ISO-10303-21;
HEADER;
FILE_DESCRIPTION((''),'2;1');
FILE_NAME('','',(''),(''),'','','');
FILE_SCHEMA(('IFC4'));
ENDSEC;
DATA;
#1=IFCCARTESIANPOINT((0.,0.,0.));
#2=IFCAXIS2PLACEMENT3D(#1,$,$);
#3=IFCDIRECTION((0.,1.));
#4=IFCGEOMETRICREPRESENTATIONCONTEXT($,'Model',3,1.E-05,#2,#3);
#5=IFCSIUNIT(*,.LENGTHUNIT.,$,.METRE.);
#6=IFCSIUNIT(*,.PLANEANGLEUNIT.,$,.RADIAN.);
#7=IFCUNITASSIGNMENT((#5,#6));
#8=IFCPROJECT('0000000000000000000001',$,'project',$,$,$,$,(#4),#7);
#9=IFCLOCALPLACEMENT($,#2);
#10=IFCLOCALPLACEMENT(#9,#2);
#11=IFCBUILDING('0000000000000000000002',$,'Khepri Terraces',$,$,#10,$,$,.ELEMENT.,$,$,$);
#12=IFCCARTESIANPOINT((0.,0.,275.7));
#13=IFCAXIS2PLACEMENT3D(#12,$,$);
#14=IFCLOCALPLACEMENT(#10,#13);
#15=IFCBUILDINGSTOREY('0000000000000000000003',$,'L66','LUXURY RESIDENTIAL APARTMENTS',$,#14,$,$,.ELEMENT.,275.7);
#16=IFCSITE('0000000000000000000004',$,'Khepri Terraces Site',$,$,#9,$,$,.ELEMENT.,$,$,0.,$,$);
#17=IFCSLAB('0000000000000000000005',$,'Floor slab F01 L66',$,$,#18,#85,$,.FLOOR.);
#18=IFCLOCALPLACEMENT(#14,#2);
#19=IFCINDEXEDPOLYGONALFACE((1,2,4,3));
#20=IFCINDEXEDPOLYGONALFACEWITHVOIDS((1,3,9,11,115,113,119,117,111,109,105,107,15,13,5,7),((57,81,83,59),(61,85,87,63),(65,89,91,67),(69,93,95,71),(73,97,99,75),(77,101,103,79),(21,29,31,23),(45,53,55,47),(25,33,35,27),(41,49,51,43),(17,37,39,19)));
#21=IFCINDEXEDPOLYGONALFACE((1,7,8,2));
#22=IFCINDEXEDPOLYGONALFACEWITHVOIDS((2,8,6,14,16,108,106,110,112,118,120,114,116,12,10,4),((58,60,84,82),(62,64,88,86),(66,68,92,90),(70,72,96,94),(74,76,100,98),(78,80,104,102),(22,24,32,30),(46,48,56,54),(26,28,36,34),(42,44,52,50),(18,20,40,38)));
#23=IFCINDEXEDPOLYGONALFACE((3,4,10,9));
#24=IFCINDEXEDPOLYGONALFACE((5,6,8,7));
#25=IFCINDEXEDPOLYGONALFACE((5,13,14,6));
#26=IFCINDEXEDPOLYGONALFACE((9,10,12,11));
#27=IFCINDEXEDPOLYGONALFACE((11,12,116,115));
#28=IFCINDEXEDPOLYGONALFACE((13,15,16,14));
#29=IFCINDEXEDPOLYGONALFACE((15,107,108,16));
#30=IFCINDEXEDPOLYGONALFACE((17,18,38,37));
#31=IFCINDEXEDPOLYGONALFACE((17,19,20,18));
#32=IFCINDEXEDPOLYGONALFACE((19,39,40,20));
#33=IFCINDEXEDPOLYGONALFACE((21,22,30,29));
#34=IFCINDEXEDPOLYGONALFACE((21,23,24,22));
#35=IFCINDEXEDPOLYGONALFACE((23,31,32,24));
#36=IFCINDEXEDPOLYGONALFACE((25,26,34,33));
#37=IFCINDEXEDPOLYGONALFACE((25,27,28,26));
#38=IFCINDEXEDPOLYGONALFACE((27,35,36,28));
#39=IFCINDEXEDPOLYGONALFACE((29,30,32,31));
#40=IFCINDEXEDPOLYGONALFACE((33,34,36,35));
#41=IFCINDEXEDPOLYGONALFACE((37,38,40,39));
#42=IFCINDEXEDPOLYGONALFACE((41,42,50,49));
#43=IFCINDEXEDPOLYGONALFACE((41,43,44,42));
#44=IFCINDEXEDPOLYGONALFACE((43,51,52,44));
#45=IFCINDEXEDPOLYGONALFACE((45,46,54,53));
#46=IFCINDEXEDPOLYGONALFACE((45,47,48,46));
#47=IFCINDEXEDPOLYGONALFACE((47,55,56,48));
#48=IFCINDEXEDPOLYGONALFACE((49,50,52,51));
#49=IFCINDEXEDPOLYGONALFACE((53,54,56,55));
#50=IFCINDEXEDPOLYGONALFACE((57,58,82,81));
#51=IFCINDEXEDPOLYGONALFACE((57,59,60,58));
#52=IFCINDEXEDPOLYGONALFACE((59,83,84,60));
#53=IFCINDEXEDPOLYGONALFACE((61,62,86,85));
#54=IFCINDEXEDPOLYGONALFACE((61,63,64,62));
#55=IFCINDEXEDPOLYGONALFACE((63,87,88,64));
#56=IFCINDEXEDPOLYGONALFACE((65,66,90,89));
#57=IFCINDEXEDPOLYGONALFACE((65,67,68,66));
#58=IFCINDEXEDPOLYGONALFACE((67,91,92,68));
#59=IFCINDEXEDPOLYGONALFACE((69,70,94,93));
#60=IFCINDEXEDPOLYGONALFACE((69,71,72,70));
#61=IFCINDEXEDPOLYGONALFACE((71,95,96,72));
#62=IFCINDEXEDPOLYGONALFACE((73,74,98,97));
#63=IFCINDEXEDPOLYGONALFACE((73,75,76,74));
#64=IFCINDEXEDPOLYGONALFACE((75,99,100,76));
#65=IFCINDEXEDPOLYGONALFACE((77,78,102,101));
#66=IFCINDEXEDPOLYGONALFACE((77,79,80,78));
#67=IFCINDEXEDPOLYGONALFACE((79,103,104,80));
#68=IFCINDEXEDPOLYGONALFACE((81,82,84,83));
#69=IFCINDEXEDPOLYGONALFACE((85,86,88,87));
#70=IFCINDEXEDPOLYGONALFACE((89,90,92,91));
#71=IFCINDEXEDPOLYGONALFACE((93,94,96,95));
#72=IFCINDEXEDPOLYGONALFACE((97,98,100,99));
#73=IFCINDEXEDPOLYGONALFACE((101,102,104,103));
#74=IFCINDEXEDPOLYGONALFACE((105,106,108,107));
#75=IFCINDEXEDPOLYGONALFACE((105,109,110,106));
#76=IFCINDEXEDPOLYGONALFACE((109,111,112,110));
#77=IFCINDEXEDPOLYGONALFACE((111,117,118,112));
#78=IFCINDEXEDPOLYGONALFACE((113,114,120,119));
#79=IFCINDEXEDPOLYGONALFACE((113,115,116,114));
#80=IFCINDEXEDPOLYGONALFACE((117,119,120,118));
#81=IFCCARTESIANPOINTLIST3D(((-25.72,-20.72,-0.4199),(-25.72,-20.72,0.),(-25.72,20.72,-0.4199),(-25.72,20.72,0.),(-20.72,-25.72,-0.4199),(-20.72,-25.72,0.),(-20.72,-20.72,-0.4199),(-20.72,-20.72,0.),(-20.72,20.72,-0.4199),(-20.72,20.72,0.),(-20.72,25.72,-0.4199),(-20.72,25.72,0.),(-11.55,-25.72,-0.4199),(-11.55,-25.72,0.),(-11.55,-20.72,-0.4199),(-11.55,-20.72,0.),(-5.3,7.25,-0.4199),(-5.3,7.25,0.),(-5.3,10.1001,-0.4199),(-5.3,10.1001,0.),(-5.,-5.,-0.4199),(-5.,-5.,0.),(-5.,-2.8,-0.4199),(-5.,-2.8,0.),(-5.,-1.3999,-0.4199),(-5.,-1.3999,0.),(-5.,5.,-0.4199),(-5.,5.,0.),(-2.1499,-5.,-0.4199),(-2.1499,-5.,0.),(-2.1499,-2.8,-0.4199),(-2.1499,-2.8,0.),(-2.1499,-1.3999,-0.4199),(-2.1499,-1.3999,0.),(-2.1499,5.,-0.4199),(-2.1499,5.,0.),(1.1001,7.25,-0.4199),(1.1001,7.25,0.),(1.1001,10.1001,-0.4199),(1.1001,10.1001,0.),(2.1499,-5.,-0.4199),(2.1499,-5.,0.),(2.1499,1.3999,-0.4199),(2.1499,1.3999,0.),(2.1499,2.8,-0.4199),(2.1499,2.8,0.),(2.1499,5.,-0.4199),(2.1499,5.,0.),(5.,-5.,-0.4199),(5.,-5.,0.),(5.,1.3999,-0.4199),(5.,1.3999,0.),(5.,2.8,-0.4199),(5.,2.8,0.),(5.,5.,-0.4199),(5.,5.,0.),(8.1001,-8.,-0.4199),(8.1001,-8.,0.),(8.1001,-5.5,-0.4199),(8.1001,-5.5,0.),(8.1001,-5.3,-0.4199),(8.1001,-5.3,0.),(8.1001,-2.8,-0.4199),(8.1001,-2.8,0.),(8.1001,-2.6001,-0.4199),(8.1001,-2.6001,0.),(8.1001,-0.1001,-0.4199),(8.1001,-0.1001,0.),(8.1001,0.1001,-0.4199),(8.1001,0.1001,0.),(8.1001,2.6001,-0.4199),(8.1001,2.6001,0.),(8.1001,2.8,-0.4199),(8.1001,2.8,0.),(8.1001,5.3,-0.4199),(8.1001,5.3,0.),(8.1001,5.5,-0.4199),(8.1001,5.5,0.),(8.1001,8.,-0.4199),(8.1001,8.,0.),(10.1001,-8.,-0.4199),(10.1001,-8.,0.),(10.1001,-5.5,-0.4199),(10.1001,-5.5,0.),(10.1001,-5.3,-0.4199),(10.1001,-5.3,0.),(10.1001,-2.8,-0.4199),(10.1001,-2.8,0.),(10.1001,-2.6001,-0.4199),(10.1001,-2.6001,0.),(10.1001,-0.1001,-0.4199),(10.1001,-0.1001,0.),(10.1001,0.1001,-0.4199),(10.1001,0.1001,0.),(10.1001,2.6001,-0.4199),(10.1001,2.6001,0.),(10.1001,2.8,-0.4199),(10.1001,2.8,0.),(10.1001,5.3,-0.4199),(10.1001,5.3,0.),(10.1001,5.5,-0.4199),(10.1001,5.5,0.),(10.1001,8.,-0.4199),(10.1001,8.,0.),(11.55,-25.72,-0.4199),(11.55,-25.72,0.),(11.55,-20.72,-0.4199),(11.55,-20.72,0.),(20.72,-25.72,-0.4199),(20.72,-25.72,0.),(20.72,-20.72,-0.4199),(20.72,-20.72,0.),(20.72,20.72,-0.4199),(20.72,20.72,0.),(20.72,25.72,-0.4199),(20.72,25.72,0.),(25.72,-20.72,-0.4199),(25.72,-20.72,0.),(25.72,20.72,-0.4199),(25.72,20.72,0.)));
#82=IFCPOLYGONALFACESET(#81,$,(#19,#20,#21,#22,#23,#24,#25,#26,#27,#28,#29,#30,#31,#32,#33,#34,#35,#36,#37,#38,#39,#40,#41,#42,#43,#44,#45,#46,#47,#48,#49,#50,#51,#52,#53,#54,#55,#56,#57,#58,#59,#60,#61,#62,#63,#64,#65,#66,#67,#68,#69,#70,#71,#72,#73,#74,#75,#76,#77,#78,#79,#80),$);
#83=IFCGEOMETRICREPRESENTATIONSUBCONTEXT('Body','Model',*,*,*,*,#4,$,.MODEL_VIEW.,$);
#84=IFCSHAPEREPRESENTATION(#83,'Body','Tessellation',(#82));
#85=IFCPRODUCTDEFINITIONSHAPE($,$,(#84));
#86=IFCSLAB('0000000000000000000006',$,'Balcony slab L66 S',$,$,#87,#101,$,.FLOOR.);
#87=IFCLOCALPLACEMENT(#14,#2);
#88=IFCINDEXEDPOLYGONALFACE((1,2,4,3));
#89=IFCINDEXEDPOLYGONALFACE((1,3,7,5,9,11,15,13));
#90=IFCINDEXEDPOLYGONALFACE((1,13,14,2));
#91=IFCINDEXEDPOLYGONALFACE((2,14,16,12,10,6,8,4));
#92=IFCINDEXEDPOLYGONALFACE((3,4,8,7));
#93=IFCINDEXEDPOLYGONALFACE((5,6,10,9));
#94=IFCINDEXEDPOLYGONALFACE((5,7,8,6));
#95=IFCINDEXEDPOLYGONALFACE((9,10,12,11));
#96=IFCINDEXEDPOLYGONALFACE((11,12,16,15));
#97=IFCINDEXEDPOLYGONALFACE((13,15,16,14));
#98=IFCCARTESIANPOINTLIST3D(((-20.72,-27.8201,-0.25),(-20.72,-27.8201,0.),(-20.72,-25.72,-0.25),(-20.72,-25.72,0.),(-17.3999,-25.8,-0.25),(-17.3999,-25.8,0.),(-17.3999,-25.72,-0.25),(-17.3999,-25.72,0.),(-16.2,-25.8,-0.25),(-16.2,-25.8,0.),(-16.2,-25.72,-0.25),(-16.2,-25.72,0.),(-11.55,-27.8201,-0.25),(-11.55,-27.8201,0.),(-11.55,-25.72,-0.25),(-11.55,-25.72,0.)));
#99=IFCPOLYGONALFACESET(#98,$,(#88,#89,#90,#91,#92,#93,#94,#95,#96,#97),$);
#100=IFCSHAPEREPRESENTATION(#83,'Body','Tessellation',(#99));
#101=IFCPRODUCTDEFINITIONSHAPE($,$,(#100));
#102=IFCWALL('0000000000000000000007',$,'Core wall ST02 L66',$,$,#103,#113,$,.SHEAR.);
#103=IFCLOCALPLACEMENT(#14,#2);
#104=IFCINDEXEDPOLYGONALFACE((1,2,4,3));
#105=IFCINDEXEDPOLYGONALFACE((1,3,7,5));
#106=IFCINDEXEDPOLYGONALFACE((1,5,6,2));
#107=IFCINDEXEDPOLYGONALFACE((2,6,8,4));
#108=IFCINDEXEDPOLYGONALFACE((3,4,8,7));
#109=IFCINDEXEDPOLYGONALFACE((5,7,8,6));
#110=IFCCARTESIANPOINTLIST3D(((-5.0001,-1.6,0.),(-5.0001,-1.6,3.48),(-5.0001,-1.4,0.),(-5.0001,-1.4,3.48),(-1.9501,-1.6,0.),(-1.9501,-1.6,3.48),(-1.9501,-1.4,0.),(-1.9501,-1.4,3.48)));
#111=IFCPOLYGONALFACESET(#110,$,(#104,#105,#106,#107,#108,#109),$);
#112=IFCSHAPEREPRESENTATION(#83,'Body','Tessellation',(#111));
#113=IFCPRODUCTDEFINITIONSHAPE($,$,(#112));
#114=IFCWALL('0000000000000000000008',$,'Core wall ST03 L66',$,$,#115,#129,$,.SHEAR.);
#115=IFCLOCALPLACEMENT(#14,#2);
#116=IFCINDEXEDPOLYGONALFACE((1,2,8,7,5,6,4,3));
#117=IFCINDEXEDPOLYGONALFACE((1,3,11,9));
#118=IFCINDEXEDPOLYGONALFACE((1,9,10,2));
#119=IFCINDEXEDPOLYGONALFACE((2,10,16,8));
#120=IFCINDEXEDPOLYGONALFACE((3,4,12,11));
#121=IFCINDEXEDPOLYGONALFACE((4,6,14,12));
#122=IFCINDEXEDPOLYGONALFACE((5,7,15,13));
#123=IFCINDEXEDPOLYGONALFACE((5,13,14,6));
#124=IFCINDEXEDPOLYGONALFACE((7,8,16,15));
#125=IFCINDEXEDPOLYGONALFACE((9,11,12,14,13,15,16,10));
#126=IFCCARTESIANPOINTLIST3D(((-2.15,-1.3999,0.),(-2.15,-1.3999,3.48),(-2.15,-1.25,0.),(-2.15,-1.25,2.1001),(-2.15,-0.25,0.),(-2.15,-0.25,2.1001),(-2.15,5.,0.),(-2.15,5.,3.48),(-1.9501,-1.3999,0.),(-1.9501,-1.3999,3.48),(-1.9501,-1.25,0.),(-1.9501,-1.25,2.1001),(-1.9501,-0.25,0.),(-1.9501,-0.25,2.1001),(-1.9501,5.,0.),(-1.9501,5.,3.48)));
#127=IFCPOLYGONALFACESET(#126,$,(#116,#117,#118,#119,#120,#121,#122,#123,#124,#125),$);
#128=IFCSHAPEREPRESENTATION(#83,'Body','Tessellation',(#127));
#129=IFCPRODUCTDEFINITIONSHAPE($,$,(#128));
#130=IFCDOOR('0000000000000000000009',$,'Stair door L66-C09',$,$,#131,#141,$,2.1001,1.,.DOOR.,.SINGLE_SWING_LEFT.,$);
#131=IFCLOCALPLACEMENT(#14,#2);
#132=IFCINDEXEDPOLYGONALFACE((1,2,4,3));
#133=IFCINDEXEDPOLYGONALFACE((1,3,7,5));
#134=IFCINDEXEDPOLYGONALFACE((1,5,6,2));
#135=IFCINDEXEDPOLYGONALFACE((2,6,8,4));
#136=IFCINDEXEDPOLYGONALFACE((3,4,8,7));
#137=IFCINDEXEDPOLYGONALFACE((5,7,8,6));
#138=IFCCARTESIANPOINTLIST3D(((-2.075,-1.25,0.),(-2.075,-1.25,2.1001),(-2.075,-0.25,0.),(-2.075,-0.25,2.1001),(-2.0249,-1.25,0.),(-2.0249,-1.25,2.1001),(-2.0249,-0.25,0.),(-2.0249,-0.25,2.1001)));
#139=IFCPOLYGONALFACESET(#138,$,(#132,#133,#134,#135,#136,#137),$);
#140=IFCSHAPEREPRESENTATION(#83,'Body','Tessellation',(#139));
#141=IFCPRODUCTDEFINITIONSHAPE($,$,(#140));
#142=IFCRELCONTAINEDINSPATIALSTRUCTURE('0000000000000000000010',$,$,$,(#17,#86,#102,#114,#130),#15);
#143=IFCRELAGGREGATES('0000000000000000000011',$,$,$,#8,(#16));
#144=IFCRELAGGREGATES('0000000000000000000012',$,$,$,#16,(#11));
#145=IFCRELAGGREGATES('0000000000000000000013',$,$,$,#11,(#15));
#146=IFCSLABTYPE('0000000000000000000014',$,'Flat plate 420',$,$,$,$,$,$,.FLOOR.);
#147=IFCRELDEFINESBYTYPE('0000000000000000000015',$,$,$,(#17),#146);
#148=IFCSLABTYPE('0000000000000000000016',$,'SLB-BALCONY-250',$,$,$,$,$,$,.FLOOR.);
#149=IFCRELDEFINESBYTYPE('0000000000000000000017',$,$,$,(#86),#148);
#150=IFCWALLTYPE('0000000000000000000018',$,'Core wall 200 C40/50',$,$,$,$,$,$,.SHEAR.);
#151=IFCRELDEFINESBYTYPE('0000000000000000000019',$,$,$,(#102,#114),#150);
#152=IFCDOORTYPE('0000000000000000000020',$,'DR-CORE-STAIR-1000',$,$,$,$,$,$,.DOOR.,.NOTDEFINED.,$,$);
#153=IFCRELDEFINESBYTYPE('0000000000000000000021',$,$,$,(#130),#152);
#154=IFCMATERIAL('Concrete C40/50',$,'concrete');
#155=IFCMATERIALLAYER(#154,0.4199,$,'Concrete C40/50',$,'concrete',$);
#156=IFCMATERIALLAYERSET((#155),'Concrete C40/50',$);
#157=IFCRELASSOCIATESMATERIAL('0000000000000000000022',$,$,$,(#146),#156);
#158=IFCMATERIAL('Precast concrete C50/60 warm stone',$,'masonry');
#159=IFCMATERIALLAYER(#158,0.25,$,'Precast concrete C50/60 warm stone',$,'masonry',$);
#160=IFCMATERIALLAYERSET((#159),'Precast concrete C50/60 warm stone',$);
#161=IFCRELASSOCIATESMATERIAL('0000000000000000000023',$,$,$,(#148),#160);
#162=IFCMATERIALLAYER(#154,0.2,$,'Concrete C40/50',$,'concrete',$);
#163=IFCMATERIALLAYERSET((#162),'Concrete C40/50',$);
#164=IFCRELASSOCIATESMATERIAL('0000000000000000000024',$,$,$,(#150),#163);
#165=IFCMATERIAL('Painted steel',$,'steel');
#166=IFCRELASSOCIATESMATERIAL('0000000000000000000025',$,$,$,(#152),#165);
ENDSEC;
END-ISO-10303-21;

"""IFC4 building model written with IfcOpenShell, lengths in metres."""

from ifc_helpers import new_model, si_unit, direction, frame, frame_2d, origin, place, context, subcontext, project, spatial, polyline, rectangle, outline, extrude, material, layer, layer_set, type_object, element, fill, save


model = new_model("IFC4")

# Units and contexts
model_context = context("Model", 3, precision=1e-05, world=origin(), true_north=direction((0.0, 1.0)))
body_context = subcontext(model_context, "Body", "Model", "MODEL_VIEW")
ifc_project = project(units=[si_unit("LENGTHUNIT", "METRE"), si_unit("PLANEANGLEUNIT", "RADIAN")], contexts=[model_context])

# Site, building, storey
site_placement = place(None, origin())
site = spatial("IfcSite", under=ifc_project, at=site_placement, Name="Khepri Terraces Site", CompositionType="ELEMENT", RefElevation=0.0)
building_placement = place(site_placement, origin())
building = spatial("IfcBuilding", under=site, at=building_placement, Name="Khepri Terraces", CompositionType="ELEMENT")
storey_placement = place(building_placement, frame((0.0, 0.0, 275.7)))
storey = spatial("IfcBuildingStorey", under=building, at=storey_placement, Name="L66", Description="LUXURY RESIDENTIAL APARTMENTS", CompositionType="ELEMENT", Elevation=275.7)

# Slabs
ifc_material_1 = material(Name="Concrete C40/50", Category="concrete")
ifc_layer_1 = layer(ifc_material_1, 0.4199, Name="Concrete C40/50", Category="concrete")
ifc_layer_set_1 = layer_set([ifc_layer_1], Name="Concrete C40/50")
slab_type_1 = type_object("IfcSlabType", Name="Flat plate 420", PredefinedType="FLOOR", material=ifc_layer_set_1)
slab_1_placement = place(storey_placement, frame((0.0, 0.0, -0.4199)))
element("IfcSlab", 1, at=slab_1_placement, inside=storey, type_object=slab_type_1, Name="Floor slab F01 L66", PredefinedType="FLOOR", context=body_context, shape_type="SweptSolid", body=[
    extrude(outline(polyline([(-20.72, 25.72), (20.72, 25.72), (20.72, 20.72), (25.72, 20.72), (25.72, -20.72), (20.72, -20.72), (20.72, -25.72), (11.55, -25.72), (11.55, -20.72), (-11.55, -20.72), (-11.55, -25.72), (-20.72, -25.72), (-20.72, -20.72), (-25.72, -20.72), (-25.72, 20.72), (-20.72, 20.72), (-20.72, 25.72)]), holes=[polyline([(2.1499, 2.8), (5.0, 2.8), (5.0, 5.0), (2.1499, 5.0), (2.1499, 2.8)]), polyline([(-5.0, -2.8), (-5.0, -5.0), (-2.1499, -5.0), (-2.1499, -2.8), (-5.0, -2.8)]), polyline([(10.1001, -5.5), (8.1001, -5.5), (8.1001, -8.0), (10.1001, -8.0), (10.1001, -5.5)]), polyline([(10.1001, -5.3), (10.1001, -2.8), (8.1001, -2.8), (8.1001, -5.3), (10.1001, -5.3)]), polyline([(8.1001, -2.6001), (10.1001, -2.6001), (10.1001, -0.1001), (8.1001, -0.1001), (8.1001, -2.6001)]), polyline([(8.1001, 2.6001), (8.1001, 0.1001), (10.1001, 0.1001), (10.1001, 2.6001), (8.1001, 2.6001)]), polyline([(10.1001, 5.3), (8.1001, 5.3), (8.1001, 2.8), (10.1001, 2.8), (10.1001, 5.3)]), polyline([(10.1001, 5.5), (10.1001, 8.0), (8.1001, 8.0), (8.1001, 5.5), (10.1001, 5.5)]), polyline([(-5.0, -1.3999), (-2.1499, -1.3999), (-2.1499, 5.0), (-5.0, 5.0), (-5.0, -1.3999)]), polyline([(5.0, -5.0), (5.0, 1.3999), (2.1499, 1.3999), (2.1499, -5.0), (5.0, -5.0)]), polyline([(-5.3, 10.1001), (-5.3, 7.25), (1.1001, 7.25), (1.1001, 10.1001), (-5.3, 10.1001)])]), origin(), (0.0, 0.0, 1.0), 0.4199),
])
ifc_material_2 = material(Name="Precast concrete C50/60 warm stone", Category="masonry")
ifc_layer_2 = layer(ifc_material_2, 0.25, Name="Precast concrete C50/60 warm stone", Category="masonry")
ifc_layer_set_2 = layer_set([ifc_layer_2], Name="Precast concrete C50/60 warm stone")
slab_type_2 = type_object("IfcSlabType", Name="SLB-BALCONY-250", PredefinedType="FLOOR", material=ifc_layer_set_2)
slab_2_placement = place(storey_placement, frame((0.0, 0.0, -0.25)))
element("IfcSlab", 2, at=slab_2_placement, inside=storey, type_object=slab_type_2, Name="Balcony slab L66 S", PredefinedType="FLOOR", context=body_context, shape_type="SweptSolid", body=[
    extrude(outline(polyline([(-17.3999, -25.72), (-20.72, -25.72), (-20.72, -27.8201), (-11.55, -27.8201), (-11.55, -25.72), (-16.2, -25.72), (-16.2, -25.8), (-17.3999, -25.8), (-17.3999, -25.72)])), origin(), (0.0, 0.0, 1.0), 0.25),
])

# Wall
ifc_layer_3 = layer(ifc_material_1, 0.2, Name="Concrete C40/50", Category="concrete")
ifc_layer_set_3 = layer_set([ifc_layer_3], Name="Concrete C40/50")
wall_type_1 = type_object("IfcWallType", Name="Core wall 200 C40/50", PredefinedType="SHEAR", material=ifc_layer_set_3)
wall_1_placement = place(storey_placement, frame((-5.0, -1.5, 0.0), z_axis=(0.0, 0.0, 1.0), x_axis=(1.0, 0.0, 0.0)))
element("IfcWall", 3, at=wall_1_placement, inside=storey, type_object=wall_type_1, Name="Core wall ST02 L66", PredefinedType="SHEAR", context=body_context, shape_type="SweptSolid", body=[
    extrude(rectangle(XDim=3.05, YDim=0.2, at=frame_2d((1.5249, 0.0))), origin(), (0.0, 0.0, 1.0), 3.48),
])

# Wall, opening, door
wall_2_placement = place(storey_placement, frame((-2.05, -1.3999, 0.0), z_axis=(0.0, 0.0, 1.0), x_axis=(0.0, 1.0, 0.0)))
wall_2 = element("IfcWall", 4, at=wall_2_placement, inside=storey, type_object=wall_type_1, Name="Core wall ST03 L66", PredefinedType="SHEAR", context=body_context, shape_type="SweptSolid", body=[
    extrude(rectangle(XDim=6.3999, YDim=0.2, at=frame_2d((3.2, 0.0))), origin(), (0.0, 0.0, 1.0), 3.48),
])
opening_1_placement = place(wall_2_placement, frame((0.1499, 0.0, 0.0)))
opening_1 = element("IfcOpeningElement", 5, at=opening_1_placement, cuts=wall_2, PredefinedType="OPENING", context=body_context, shape_type="SweptSolid", body=[
    extrude(rectangle(XDim=1.0, YDim=2.1001, at=frame_2d((0.5, 1.05))), frame((0.0, 0.1099, 0.0), z_axis=(0.0, -1.0, 0.0), x_axis=(1.0, 0.0, 0.0)), (0.0, 0.0, 1.0), 0.22),
])
ifc_material_3 = material(Name="Painted steel", Category="steel")
door_type_1 = type_object("IfcDoorType", Name="DR-CORE-STAIR-1000", OperationType="NOTDEFINED", PredefinedType="DOOR", material=ifc_material_3)
door_1_placement = place(opening_1_placement, origin())
door_1 = element("IfcDoor", 6, at=door_1_placement, inside=storey, type_object=door_type_1, Name="Stair door L66-C09", OperationType="SINGLE_SWING_LEFT", OverallHeight=2.1001, OverallWidth=1.0, PredefinedType="DOOR", context=body_context, shape_type="SweptSolid", body=[
    extrude(rectangle(XDim=1.0, YDim=2.1001, at=frame_2d((0.5, 1.05))), frame((0.0, 0.0249, 0.0), z_axis=(0.0, -1.0, 0.0), x_axis=(1.0, 0.0, 0.0)), (0.0, 0.0, 1.0), 0.05),
])
fill(opening_1, door_1)

save(model, "model.ifc")
